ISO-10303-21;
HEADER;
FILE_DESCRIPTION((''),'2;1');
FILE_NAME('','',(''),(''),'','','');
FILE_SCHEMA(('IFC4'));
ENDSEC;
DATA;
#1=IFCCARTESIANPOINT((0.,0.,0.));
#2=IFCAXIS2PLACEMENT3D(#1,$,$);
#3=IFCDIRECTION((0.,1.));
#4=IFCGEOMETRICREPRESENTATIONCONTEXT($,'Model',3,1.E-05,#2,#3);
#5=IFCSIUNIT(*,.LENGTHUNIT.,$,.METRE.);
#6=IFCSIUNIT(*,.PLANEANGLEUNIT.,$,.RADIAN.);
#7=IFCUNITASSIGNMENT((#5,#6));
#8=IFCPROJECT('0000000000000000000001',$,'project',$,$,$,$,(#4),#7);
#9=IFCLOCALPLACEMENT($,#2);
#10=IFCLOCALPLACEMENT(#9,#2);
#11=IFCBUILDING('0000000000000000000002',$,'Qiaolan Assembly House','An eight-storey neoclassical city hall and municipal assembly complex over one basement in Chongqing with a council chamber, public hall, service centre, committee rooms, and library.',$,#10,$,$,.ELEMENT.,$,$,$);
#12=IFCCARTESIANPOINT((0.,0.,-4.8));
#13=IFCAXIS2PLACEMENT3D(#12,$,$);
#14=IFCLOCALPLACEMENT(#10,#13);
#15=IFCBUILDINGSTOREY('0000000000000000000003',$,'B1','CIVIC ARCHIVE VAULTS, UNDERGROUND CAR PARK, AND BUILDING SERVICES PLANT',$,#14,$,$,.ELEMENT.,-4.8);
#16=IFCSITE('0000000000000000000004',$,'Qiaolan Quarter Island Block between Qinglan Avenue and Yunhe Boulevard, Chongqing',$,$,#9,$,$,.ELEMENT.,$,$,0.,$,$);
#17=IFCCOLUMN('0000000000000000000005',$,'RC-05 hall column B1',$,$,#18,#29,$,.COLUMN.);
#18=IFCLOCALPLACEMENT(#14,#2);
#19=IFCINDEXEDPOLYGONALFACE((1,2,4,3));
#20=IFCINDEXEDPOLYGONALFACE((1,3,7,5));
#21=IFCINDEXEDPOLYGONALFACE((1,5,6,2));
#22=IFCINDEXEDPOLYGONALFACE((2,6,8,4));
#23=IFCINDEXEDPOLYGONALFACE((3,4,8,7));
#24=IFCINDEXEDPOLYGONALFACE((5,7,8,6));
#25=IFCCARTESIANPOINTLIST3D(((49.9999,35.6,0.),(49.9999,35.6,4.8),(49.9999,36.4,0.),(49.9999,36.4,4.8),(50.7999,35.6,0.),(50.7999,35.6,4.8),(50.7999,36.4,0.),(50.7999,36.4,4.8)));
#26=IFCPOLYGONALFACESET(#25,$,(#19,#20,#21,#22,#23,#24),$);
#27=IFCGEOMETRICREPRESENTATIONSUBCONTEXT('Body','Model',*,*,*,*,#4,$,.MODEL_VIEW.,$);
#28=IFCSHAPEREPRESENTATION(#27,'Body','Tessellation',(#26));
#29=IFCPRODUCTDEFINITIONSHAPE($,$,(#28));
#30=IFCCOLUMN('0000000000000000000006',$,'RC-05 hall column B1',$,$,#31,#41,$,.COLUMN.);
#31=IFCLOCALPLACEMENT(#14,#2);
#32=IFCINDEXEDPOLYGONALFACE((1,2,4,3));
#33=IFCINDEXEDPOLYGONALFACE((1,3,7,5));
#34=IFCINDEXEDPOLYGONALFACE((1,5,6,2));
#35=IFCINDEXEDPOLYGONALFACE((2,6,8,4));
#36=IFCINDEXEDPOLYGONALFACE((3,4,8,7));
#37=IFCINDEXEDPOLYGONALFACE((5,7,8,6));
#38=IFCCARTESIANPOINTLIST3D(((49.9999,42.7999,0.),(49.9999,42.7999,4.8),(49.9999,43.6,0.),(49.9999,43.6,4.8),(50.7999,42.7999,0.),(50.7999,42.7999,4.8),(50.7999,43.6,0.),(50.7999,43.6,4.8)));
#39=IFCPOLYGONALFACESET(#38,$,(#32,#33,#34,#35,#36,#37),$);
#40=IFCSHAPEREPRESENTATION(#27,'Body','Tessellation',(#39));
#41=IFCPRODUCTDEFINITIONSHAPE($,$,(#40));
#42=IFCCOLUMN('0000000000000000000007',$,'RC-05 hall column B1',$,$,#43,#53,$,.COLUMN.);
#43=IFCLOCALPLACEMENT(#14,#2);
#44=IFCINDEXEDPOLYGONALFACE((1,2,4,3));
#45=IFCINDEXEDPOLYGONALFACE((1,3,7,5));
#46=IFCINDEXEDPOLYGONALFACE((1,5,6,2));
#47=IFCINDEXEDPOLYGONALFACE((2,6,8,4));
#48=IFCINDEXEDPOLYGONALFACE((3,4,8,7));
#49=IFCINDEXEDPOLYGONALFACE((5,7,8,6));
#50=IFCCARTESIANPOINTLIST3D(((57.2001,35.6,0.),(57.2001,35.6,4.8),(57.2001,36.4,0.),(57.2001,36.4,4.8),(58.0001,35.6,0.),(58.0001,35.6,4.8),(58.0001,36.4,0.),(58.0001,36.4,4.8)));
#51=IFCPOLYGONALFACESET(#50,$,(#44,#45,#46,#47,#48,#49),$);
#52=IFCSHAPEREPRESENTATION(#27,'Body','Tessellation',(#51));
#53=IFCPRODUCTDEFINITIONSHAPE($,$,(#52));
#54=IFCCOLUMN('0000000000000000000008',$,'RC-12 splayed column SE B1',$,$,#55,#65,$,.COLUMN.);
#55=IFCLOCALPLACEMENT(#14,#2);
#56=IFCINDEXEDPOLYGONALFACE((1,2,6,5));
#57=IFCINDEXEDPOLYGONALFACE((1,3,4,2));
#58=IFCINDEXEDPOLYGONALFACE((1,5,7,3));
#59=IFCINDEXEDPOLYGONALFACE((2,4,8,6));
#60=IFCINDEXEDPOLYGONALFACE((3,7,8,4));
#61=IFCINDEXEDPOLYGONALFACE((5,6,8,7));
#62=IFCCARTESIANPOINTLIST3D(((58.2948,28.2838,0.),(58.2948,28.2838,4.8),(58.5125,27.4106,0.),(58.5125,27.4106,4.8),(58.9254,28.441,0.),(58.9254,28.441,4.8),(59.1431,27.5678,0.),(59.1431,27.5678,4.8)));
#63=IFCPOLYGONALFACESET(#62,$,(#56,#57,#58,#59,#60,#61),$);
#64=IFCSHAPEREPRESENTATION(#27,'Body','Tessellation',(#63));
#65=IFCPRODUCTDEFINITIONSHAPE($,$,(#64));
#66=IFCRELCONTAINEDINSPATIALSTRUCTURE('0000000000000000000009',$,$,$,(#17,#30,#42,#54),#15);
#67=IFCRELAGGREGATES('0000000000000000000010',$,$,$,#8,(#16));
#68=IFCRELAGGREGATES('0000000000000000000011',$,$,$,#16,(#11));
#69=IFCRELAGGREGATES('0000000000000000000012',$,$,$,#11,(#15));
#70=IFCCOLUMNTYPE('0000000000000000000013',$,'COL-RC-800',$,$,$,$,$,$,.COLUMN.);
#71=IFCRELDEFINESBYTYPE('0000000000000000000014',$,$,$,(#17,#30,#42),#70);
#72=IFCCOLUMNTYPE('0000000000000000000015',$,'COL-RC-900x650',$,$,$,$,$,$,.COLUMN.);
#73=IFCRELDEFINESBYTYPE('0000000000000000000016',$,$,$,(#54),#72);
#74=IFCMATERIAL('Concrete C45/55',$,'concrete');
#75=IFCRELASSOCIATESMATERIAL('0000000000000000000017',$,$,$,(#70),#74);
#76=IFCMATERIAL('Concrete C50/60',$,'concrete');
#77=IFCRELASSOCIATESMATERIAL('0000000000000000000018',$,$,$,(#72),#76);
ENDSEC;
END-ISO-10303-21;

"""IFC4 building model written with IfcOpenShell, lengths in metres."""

from ifc_helpers import new_model, si_unit, direction, frame, origin, origin_2d, place, context, subcontext, project, spatial, rectangle, extrude, material, material_profile, profile_set, type_object, element, save


model = new_model("IFC4")

# Units and contexts
model_context = context("Model", 3, precision=1e-05, world=origin(), true_north=direction((0.0, 1.0)))
body_context = subcontext(model_context, "Body", "Model", "MODEL_VIEW")
ifc_project = project(units=[si_unit("LENGTHUNIT", "METRE"), si_unit("PLANEANGLEUNIT", "RADIAN")], contexts=[model_context])

# Site, building, storey
site_placement = place(None, origin())
site = spatial("IfcSite", under=ifc_project, at=site_placement, Name="Qiaolan Quarter Island Block between Qinglan Avenue and Yunhe Boulevard, Chongqing", CompositionType="ELEMENT", RefElevation=0.0)
building_placement = place(site_placement, origin())
building = spatial("IfcBuilding", under=site, at=building_placement, Name="Qiaolan Assembly House", Description="An eight-storey neoclassical city hall and municipal assembly complex over one basement in Chongqing with a council chamber, public hall, service centre, committee rooms, and library.", CompositionType="ELEMENT")
storey_placement = place(building_placement, frame((0.0, 0.0, -4.8)))
storey = spatial("IfcBuildingStorey", under=building, at=storey_placement, Name="B1", Description="CIVIC ARCHIVE VAULTS, UNDERGROUND CAR PARK, AND BUILDING SERVICES PLANT", CompositionType="ELEMENT", Elevation=-4.8)

# Shared definitions
ifc_material_1 = material(Name="Concrete C45/55", Category="concrete")

# Columns
ifc_material_profile_1 = material_profile(ifc_material_1, rectangle(XDim=0.8, YDim=0.8, at=origin_2d()), Name="RC 800x800")
ifc_profile_set_1 = profile_set([ifc_material_profile_1], Name="Concrete C45/55")
column_type_1 = type_object("IfcColumnType", Name="COL-RC-800", PredefinedType="COLUMN", material=ifc_profile_set_1)
for number, where, z_axis, x_axis, name in (
    (1, (50.3999, 36.0, 0.0), (0.0, 0.0, 1.0), (1.0, 0.0, 0.0), "RC-05 hall column B1"),
    (2, (50.3999, 43.2, 0.0), (0.0, 0.0, 1.0), (1.0, 0.0, 0.0), "RC-05 hall column B1"),
    (3, (57.6001, 36.0, 0.0), (0.0, 0.0, 1.0), (1.0, 0.0, 0.0), "RC-05 hall column B1"),
):
    element("IfcColumn", number, at=place(storey_placement, frame(where, z_axis=z_axis, x_axis=x_axis)), inside=storey, type_object=column_type_1, Name=name, PredefinedType="COLUMN", context=body_context, shape_type="SweptSolid", body=[
        extrude(rectangle(XDim=0.8, YDim=0.8, at=origin_2d()), origin(), (0.0, 0.0, 1.0), 4.8),
    ])
ifc_material_2 = material(Name="Concrete C50/60", Category="concrete")
ifc_material_profile_2 = material_profile(ifc_material_2, rectangle(XDim=0.6499, YDim=0.8999, at=origin_2d()), Name="RC 900x650")
ifc_profile_set_2 = profile_set([ifc_material_profile_2], Name="Concrete C50/60")
column_type_2 = type_object("IfcColumnType", Name="COL-RC-900x650", PredefinedType="COLUMN", material=ifc_profile_set_2)
column_placement = place(storey_placement, frame((58.719, 27.9258, 0.0), z_axis=(0.0, 0.0, 1.0), x_axis=(0.970296, 0.241922, 0.0)))
element("IfcColumn", 4, at=column_placement, inside=storey, type_object=column_type_2, Name="RC-12 splayed column SE B1", PredefinedType="COLUMN", context=body_context, shape_type="SweptSolid", body=[
    extrude(rectangle(XDim=0.6499, YDim=0.8999, at=origin_2d()), origin(), (0.0, 0.0, 1.0), 4.8),
])

save(model, "model.ifc")
